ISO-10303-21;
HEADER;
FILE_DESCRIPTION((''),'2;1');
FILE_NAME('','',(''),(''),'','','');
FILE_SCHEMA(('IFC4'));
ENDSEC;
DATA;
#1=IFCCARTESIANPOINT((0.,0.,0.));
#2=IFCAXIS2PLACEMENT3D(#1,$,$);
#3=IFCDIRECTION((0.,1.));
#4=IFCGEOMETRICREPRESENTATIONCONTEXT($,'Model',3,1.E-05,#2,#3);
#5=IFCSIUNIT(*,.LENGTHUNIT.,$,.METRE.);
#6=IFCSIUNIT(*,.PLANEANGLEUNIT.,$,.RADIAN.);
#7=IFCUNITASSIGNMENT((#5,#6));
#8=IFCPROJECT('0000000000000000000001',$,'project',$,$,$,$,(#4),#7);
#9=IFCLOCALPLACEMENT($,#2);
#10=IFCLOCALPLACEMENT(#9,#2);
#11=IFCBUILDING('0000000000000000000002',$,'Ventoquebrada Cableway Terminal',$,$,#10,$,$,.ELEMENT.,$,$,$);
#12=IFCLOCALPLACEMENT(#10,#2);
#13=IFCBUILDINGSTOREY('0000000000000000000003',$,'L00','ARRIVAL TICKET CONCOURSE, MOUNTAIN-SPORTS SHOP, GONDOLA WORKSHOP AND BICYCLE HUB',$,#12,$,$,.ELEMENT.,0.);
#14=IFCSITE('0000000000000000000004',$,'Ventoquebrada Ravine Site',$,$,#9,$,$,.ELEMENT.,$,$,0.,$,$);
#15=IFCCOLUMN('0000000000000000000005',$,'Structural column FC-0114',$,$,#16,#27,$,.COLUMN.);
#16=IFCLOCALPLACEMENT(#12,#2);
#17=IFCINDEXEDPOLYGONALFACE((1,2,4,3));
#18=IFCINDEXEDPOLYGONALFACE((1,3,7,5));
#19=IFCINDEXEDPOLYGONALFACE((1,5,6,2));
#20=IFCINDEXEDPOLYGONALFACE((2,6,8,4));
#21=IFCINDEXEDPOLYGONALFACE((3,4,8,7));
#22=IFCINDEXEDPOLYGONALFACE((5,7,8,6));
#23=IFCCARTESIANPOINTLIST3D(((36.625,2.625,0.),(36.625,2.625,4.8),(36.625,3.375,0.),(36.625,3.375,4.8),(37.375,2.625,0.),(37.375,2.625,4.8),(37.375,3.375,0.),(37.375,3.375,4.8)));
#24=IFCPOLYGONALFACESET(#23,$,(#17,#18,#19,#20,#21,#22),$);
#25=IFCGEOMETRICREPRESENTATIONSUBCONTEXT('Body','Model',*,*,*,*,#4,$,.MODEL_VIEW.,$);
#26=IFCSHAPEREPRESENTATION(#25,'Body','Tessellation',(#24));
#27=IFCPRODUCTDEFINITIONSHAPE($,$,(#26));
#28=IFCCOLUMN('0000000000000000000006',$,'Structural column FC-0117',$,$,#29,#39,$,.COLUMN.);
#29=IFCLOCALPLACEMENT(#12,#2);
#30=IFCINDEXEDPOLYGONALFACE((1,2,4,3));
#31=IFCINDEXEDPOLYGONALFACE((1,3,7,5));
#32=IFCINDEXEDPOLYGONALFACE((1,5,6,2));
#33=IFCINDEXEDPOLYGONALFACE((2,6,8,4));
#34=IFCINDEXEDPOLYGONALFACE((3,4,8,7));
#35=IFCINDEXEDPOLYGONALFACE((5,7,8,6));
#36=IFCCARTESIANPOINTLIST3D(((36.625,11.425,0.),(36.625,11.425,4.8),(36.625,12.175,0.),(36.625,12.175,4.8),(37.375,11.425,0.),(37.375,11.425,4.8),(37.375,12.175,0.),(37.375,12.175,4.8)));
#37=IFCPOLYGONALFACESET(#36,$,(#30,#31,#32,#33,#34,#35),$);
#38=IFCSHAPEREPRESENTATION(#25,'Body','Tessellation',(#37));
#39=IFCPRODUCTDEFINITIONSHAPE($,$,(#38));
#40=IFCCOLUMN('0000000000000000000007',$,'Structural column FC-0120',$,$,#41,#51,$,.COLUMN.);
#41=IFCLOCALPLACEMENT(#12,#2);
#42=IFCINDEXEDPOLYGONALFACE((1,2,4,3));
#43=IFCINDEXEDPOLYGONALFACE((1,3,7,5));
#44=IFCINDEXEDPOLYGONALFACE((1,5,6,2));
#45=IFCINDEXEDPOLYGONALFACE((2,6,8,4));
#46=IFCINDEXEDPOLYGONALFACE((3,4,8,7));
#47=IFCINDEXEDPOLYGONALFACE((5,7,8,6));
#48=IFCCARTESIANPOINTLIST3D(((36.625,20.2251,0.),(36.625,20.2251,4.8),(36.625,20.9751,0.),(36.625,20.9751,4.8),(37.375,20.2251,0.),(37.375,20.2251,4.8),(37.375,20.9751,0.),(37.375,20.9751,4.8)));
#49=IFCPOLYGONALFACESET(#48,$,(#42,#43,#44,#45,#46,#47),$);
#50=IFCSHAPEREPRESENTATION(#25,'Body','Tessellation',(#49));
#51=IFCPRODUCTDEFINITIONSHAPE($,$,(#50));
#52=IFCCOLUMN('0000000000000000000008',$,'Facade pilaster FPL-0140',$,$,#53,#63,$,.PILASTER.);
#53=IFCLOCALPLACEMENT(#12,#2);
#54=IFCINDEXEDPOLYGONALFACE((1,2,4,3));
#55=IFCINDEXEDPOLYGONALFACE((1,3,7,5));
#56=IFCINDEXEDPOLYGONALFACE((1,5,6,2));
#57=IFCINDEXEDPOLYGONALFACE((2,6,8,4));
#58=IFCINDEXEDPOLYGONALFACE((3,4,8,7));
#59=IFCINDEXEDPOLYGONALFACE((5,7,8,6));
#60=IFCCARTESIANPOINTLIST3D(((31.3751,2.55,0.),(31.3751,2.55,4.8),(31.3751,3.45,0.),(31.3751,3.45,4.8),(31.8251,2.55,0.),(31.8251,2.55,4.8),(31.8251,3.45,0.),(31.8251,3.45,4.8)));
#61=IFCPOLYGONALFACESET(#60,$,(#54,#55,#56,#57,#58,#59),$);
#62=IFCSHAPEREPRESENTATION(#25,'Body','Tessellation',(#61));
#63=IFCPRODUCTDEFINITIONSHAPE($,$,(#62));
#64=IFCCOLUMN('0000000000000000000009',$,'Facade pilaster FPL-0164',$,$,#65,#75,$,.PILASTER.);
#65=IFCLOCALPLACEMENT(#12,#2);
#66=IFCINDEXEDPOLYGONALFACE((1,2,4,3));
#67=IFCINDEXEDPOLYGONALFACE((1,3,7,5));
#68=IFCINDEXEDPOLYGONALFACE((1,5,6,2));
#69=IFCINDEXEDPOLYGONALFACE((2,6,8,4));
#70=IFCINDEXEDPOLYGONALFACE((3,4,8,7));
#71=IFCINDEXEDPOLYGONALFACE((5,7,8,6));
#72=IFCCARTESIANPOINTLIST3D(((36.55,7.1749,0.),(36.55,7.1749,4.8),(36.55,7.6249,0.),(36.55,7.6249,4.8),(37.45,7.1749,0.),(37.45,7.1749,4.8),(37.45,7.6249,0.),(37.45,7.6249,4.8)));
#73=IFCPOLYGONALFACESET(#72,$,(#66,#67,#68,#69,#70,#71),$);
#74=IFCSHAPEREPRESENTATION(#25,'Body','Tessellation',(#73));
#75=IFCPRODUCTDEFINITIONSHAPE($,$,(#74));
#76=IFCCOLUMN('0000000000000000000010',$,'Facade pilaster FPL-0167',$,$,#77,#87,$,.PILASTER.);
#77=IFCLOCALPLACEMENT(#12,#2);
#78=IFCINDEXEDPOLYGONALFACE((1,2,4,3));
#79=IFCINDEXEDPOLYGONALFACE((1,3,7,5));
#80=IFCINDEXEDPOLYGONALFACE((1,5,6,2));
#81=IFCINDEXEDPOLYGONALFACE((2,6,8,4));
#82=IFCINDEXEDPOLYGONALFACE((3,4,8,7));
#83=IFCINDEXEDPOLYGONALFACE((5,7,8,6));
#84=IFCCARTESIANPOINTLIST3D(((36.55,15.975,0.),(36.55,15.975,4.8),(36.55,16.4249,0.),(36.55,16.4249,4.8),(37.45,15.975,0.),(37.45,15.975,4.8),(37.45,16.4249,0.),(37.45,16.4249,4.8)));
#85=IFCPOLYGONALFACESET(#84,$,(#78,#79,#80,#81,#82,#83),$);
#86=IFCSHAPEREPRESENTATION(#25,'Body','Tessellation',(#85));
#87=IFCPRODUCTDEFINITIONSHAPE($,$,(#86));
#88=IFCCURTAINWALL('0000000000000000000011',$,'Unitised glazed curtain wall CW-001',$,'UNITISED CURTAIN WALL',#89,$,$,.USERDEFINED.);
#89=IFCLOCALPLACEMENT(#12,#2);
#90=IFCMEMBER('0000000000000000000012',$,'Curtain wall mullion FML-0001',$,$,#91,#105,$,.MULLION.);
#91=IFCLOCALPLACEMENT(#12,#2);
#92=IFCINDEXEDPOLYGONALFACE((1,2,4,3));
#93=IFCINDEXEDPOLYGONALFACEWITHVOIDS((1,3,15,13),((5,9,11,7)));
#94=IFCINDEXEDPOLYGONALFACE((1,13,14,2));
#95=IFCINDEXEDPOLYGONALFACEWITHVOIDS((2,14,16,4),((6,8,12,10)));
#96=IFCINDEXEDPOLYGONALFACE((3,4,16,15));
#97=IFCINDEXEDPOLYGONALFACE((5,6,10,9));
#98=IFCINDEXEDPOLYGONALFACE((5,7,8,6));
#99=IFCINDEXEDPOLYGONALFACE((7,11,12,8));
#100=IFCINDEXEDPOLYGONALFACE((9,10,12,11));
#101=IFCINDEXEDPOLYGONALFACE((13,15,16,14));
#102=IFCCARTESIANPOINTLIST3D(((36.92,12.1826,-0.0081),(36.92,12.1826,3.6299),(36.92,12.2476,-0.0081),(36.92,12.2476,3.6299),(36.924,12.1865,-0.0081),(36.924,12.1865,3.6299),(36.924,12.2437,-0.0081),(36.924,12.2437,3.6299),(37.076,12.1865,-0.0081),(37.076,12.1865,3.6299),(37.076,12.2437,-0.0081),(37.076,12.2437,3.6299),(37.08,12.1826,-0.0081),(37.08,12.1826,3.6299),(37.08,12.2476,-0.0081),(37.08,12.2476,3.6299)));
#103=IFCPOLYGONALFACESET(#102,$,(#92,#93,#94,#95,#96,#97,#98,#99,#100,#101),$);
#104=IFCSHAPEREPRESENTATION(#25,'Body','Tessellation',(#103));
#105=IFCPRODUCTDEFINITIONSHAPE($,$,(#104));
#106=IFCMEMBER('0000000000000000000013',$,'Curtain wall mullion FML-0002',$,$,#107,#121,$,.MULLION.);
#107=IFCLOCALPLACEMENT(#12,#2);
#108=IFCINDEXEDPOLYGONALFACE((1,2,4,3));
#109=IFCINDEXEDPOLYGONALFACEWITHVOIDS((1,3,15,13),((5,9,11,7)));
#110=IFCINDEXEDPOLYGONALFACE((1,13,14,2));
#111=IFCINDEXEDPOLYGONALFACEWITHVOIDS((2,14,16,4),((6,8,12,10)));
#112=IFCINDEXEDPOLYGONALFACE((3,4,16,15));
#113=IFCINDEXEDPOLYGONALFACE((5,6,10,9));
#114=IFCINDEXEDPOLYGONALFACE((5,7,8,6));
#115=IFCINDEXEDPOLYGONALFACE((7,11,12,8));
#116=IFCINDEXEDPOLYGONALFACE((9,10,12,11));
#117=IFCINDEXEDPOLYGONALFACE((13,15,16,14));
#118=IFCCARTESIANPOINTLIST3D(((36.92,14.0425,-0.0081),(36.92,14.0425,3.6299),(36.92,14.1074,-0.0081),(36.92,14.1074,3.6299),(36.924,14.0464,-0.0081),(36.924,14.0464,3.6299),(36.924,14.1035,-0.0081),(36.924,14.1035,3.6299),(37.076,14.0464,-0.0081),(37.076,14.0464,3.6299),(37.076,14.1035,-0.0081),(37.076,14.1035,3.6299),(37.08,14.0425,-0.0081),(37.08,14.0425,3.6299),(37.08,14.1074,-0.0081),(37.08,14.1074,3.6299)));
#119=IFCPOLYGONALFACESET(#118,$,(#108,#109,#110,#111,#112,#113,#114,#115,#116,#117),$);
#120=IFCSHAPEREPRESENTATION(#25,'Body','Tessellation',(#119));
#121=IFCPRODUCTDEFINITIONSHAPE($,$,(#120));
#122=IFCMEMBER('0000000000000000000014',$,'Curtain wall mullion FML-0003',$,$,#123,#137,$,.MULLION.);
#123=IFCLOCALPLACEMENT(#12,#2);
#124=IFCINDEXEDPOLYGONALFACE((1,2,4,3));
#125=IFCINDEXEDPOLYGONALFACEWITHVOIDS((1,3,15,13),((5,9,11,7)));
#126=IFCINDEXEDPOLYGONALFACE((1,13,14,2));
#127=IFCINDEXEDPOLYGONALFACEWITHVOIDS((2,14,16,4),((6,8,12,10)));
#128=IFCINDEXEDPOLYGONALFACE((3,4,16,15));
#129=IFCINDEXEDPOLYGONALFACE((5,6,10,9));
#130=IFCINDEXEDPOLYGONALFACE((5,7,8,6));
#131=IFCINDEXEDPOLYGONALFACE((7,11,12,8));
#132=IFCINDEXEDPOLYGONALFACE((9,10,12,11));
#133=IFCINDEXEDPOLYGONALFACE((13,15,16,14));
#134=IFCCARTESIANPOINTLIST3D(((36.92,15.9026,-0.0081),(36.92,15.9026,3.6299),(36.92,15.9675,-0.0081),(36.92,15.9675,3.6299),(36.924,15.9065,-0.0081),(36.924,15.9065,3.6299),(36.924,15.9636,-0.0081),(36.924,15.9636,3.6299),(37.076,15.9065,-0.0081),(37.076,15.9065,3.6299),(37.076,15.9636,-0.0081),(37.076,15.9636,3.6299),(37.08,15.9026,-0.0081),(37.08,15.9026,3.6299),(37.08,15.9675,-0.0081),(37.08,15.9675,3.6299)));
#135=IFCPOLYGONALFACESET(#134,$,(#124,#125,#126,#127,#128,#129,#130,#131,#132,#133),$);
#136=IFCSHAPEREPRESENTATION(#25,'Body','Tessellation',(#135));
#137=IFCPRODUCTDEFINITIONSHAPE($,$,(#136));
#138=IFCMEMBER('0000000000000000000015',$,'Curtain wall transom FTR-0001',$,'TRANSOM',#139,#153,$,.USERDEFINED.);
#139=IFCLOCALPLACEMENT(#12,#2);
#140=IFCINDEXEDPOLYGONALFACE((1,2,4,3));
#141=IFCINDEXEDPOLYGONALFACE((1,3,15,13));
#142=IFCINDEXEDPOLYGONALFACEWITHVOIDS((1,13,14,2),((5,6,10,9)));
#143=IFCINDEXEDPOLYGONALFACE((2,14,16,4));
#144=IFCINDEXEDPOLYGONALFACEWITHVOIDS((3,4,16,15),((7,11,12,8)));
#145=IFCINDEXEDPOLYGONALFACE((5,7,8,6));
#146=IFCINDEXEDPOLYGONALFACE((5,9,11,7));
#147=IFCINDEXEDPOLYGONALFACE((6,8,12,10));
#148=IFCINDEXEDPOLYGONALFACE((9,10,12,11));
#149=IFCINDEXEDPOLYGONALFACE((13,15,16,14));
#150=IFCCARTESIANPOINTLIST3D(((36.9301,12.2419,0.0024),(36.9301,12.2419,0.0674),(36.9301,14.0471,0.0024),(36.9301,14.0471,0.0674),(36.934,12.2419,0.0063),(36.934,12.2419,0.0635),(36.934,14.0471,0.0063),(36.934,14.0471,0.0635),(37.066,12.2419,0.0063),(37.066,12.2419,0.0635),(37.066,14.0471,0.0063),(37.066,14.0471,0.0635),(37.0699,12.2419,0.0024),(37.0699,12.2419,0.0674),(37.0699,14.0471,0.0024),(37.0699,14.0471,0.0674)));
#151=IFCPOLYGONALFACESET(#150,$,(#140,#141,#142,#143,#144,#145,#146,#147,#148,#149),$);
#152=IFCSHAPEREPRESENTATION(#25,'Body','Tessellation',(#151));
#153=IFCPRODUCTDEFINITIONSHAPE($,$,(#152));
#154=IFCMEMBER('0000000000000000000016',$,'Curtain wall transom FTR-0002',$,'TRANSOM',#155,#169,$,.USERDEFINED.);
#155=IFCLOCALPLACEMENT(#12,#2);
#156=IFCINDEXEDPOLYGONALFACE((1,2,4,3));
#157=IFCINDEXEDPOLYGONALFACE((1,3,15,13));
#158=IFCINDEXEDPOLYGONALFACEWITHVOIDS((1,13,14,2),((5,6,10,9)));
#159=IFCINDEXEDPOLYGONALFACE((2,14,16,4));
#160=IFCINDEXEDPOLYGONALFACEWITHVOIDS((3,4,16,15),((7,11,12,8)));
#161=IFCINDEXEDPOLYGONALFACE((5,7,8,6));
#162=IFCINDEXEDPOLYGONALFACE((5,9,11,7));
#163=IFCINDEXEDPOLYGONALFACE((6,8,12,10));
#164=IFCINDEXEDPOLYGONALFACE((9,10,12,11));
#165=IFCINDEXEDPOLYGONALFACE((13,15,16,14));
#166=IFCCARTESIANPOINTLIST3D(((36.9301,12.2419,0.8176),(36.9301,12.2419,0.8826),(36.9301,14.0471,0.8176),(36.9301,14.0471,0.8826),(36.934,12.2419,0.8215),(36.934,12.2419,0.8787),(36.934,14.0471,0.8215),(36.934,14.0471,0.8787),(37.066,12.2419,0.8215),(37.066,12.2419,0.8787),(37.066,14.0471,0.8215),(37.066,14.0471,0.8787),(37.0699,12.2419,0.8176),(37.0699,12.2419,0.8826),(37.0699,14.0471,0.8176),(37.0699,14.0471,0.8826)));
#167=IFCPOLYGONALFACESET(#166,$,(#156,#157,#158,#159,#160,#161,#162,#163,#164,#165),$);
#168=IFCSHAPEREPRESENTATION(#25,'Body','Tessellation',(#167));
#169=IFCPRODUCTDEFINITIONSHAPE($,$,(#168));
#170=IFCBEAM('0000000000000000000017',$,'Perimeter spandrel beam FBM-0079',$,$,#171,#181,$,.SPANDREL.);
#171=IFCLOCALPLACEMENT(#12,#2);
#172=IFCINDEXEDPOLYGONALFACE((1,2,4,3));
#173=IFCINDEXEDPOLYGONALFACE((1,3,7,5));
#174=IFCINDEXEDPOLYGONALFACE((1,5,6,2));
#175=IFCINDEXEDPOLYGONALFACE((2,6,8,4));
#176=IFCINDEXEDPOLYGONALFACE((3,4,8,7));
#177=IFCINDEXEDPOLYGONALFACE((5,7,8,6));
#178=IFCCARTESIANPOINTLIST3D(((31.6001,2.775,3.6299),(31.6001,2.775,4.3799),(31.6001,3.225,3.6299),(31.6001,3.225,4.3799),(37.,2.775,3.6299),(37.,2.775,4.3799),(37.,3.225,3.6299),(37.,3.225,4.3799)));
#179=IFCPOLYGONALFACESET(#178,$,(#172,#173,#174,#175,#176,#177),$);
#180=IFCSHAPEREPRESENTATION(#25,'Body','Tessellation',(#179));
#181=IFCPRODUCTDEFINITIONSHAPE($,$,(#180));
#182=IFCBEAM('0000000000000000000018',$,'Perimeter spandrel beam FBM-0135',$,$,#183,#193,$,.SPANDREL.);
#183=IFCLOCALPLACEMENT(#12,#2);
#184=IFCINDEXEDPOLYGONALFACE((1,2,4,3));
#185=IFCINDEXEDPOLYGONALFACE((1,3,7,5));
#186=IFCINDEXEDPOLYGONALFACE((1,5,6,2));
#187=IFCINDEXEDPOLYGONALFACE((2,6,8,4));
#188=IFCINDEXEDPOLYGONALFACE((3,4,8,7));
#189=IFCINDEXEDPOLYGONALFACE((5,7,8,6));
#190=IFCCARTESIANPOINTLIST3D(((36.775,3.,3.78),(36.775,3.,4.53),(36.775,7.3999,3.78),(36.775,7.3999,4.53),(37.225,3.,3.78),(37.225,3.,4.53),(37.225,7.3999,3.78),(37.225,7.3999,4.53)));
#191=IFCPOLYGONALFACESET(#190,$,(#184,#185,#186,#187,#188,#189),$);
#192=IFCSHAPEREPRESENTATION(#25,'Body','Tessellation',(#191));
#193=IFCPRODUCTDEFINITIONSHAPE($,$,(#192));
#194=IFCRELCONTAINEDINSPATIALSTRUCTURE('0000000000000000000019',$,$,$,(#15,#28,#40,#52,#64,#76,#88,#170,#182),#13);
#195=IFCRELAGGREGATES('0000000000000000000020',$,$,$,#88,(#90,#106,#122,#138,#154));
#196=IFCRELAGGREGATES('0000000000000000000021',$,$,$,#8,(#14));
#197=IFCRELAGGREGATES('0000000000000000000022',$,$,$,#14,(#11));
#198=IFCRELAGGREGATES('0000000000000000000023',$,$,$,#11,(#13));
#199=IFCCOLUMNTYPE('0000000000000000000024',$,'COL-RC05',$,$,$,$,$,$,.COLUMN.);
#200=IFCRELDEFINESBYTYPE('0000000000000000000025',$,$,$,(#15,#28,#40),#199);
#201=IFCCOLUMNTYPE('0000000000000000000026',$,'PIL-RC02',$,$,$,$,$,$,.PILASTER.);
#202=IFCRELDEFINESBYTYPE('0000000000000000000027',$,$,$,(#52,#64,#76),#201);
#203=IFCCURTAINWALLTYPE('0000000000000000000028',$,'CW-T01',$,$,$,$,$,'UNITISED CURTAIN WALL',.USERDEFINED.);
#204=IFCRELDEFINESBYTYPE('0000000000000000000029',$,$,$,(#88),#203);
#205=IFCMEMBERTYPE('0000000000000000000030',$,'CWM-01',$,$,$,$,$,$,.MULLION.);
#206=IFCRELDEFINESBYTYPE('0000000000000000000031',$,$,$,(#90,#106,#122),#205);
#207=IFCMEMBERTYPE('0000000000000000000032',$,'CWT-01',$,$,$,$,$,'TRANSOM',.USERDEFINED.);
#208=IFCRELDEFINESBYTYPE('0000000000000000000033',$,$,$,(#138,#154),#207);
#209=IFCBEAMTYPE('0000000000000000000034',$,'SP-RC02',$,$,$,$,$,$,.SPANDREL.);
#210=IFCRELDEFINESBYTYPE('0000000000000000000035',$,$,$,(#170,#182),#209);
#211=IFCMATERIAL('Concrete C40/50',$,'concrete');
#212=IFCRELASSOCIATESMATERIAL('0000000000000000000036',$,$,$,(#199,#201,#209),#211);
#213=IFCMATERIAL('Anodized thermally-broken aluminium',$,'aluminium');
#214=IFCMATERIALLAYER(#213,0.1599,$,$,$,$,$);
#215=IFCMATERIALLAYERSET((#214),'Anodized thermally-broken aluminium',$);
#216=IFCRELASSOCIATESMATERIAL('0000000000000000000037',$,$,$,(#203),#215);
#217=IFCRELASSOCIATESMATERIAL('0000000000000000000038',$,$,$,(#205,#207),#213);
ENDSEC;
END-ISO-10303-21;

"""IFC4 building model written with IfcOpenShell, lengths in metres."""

from ifc_helpers import new_model, si_unit, direction, frame, origin, origin_2d, place, context, subcontext, project, spatial, rectangle, hollow_rectangle, extrude, material, layer, layer_set, material_profile, profile_set, type_object, element, aggregate, save


model = new_model("IFC4")

# Units and contexts
model_context = context("Model", 3, precision=1e-05, world=origin(), true_north=direction((0.0, 1.0)))
body_context = subcontext(model_context, "Body", "Model", "MODEL_VIEW")
ifc_project = project(units=[si_unit("LENGTHUNIT", "METRE"), si_unit("PLANEANGLEUNIT", "RADIAN")], contexts=[model_context])

# Site, building, storey
site_placement = place(None, origin())
site = spatial("IfcSite", under=ifc_project, at=site_placement, Name="Ventoquebrada Ravine Site", CompositionType="ELEMENT", RefElevation=0.0)
building_placement = place(site_placement, origin())
building = spatial("IfcBuilding", under=site, at=building_placement, Name="Ventoquebrada Cableway Terminal", CompositionType="ELEMENT")
storey_placement = place(building_placement, origin())
storey = spatial("IfcBuildingStorey", under=building, at=storey_placement, Name="L00", Description="ARRIVAL TICKET CONCOURSE, MOUNTAIN-SPORTS SHOP, GONDOLA WORKSHOP AND BICYCLE HUB", CompositionType="ELEMENT", Elevation=0.0)

# Columns
ifc_material_1 = material(Name="Concrete C40/50", Category="concrete")
ifc_material_profile_1 = material_profile(ifc_material_1, rectangle(XDim=0.75, YDim=0.75, at=origin_2d()), Name="RC-COL-750X750")
ifc_profile_set_1 = profile_set([ifc_material_profile_1], Name="Concrete C40/50")
column_type_1 = type_object("IfcColumnType", Name="COL-RC05", PredefinedType="COLUMN", material=ifc_profile_set_1)
for number, where, z_axis, x_axis, name in (
    (1, (37.0, 3.0, 0.0), (0.0, 0.0, 1.0), (1.0, 0.0, 0.0), "Structural column FC-0114"),
    (2, (37.0, 11.8, 0.0), (0.0, 0.0, 1.0), (1.0, 0.0, 0.0), "Structural column FC-0117"),
    (3, (37.0, 20.6001, 0.0), (0.0, 0.0, 1.0), (1.0, 0.0, 0.0), "Structural column FC-0120"),
):
    element("IfcColumn", number, at=place(storey_placement, frame(where, z_axis=z_axis, x_axis=x_axis)), inside=storey, type_object=column_type_1, Name=name, PredefinedType="COLUMN", context=body_context, shape_type="SweptSolid", body=[
        extrude(rectangle(XDim=0.75, YDim=0.75, at=origin_2d()), origin(), (0.0, 0.0, 1.0), 4.8),
    ])
ifc_material_profile_2 = material_profile(ifc_material_1, rectangle(XDim=0.45, YDim=0.8999, at=origin_2d()), Name="RC-PIL-450X900")
ifc_profile_set_2 = profile_set([ifc_material_profile_2], Name="Concrete C40/50")
column_type_2 = type_object("IfcColumnType", Name="PIL-RC02", PredefinedType="PILASTER", material=ifc_profile_set_2)
for number, where, z_axis, x_axis, name in (
    (4, (31.6001, 3.0, 0.0), (0.0, 0.0, 1.0), (1.0, 0.0, 0.0), "Facade pilaster FPL-0140"),
    (5, (37.0, 7.3999, 0.0), (0.0, 0.0, 1.0), (0.0, 1.0, 0.0), "Facade pilaster FPL-0164"),
    (6, (37.0, 16.2, 0.0), (0.0, 0.0, 1.0), (0.0, 1.0, 0.0), "Facade pilaster FPL-0167"),
):
    element("IfcColumn", number, at=place(storey_placement, frame(where, z_axis=z_axis, x_axis=x_axis)), inside=storey, type_object=column_type_2, Name=name, PredefinedType="PILASTER", context=body_context, shape_type="SweptSolid", body=[
        extrude(rectangle(XDim=0.45, YDim=0.8999, at=origin_2d()), origin(), (0.0, 0.0, 1.0), 4.8),
    ])

# Curtain wall, members
ifc_material_2 = material(Name="Anodized thermally-broken aluminium", Category="aluminium")
ifc_layer_1 = layer(ifc_material_2, 0.1599)
ifc_layer_set_1 = layer_set([ifc_layer_1], Name="Anodized thermally-broken aluminium")
curtain_wall_type = type_object("IfcCurtainWallType", Name="CW-T01", ElementType="UNITISED CURTAIN WALL", PredefinedType="USERDEFINED", material=ifc_layer_set_1)
curtain_wall_placement = place(storey_placement, origin())
curtain_wall = element("IfcCurtainWall", 7, at=curtain_wall_placement, inside=storey, type_object=curtain_wall_type, Name="Unitised glazed curtain wall CW-001", ObjectType="UNITISED CURTAIN WALL", PredefinedType="USERDEFINED")
ifc_material_profile_3 = material_profile(ifc_material_2, hollow_rectangle(XDim=0.0649, YDim=0.1599, WallThickness=0.0039, at=origin_2d()), Name="CW-MUL-65X160")
ifc_profile_set_3 = profile_set([ifc_material_profile_3], Name="Anodized thermally-broken aluminium")
member_type_1 = type_object("IfcMemberType", Name="CWM-01", PredefinedType="MULLION", material=ifc_profile_set_3)
member_1_placement = place(storey_placement, frame((37.0, 12.2151, -0.0081), z_axis=(0.0, 0.0, 1.0), x_axis=(0.0, 1.0, 0.0)))
member_1 = element("IfcMember", 8, at=member_1_placement, type_object=member_type_1, Name="Curtain wall mullion FML-0001", PredefinedType="MULLION", context=body_context, shape_type="SweptSolid", body=[
    extrude(hollow_rectangle(XDim=0.0649, YDim=0.1599, WallThickness=0.0039, at=origin_2d()), origin(), (0.0, 0.0, 1.0), 3.6379),
])
member_2_placement = place(storey_placement, frame((37.0, 14.075, -0.0081), z_axis=(0.0, 0.0, 1.0), x_axis=(0.0, 1.0, 0.0)))
member_2 = element("IfcMember", 9, at=member_2_placement, type_object=member_type_1, Name="Curtain wall mullion FML-0002", PredefinedType="MULLION", context=body_context, shape_type="SweptSolid", body=[
    extrude(hollow_rectangle(XDim=0.0649, YDim=0.1599, WallThickness=0.0039, at=origin_2d()), origin(), (0.0, 0.0, 1.0), 3.6379),
])
member_3_placement = place(storey_placement, frame((37.0, 15.9351, -0.0081), z_axis=(0.0, 0.0, 1.0), x_axis=(0.0, 1.0, 0.0)))
member_3 = element("IfcMember", 10, at=member_3_placement, type_object=member_type_1, Name="Curtain wall mullion FML-0003", PredefinedType="MULLION", context=body_context, shape_type="SweptSolid", body=[
    extrude(hollow_rectangle(XDim=0.0649, YDim=0.1599, WallThickness=0.0039, at=origin_2d()), origin(), (0.0, 0.0, 1.0), 3.6379),
])
ifc_material_profile_4 = material_profile(ifc_material_2, hollow_rectangle(XDim=0.0649, YDim=0.1399, WallThickness=0.0039, at=origin_2d()), Name="CW-TRN-65X140")
ifc_profile_set_4 = profile_set([ifc_material_profile_4], Name="Anodized thermally-broken aluminium")
member_type_2 = type_object("IfcMemberType", Name="CWT-01", ElementType="TRANSOM", PredefinedType="USERDEFINED", material=ifc_profile_set_4)
member_4_placement = place(storey_placement, frame((37.0, 12.2419, 0.0349), z_axis=(0.0, 1.0, 0.0), x_axis=(0.0, 0.0, 1.0)))
member_4 = element("IfcMember", 11, at=member_4_placement, type_object=member_type_2, Name="Curtain wall transom FTR-0001", ObjectType="TRANSOM", PredefinedType="USERDEFINED", context=body_context, shape_type="SweptSolid", body=[
    extrude(hollow_rectangle(XDim=0.0649, YDim=0.1399, WallThickness=0.0039, at=origin_2d()), origin(), (0.0, 0.0, 1.0), 1.8052),
])
member_5_placement = place(storey_placement, frame((37.0, 12.2419, 0.8501), z_axis=(0.0, 1.0, 0.0), x_axis=(0.0, 0.0, 1.0)))
member_5 = element("IfcMember", 12, at=member_5_placement, type_object=member_type_2, Name="Curtain wall transom FTR-0002", ObjectType="TRANSOM", PredefinedType="USERDEFINED", context=body_context, shape_type="SweptSolid", body=[
    extrude(hollow_rectangle(XDim=0.0649, YDim=0.1399, WallThickness=0.0039, at=origin_2d()), origin(), (0.0, 0.0, 1.0), 1.8052),
])
aggregate(curtain_wall, [member_1, member_2, member_3, member_4, member_5])

# Beams
ifc_material_profile_5 = material_profile(ifc_material_1, rectangle(XDim=0.45, YDim=0.75, at=origin_2d()), Name="RC-BM-450X750")
ifc_profile_set_5 = profile_set([ifc_material_profile_5], Name="Concrete C40/50")
beam_type = type_object("IfcBeamType", Name="SP-RC02", PredefinedType="SPANDREL", material=ifc_profile_set_5)
beam_1_placement = place(storey_placement, frame((31.6001, 3.0, 4.0049), z_axis=(1.0, 0.0, 0.0), x_axis=(0.0, 1.0, 0.0)))
element("IfcBeam", 13, at=beam_1_placement, inside=storey, type_object=beam_type, Name="Perimeter spandrel beam FBM-0079", PredefinedType="SPANDREL", context=body_context, shape_type="SweptSolid", body=[
    extrude(rectangle(XDim=0.45, YDim=0.75, at=origin_2d()), origin(), (0.0, 0.0, 1.0), 5.3999),
])
beam_2_placement = place(storey_placement, frame((37.0, 3.0, 4.155), z_axis=(0.0, 1.0, 0.0), x_axis=(-1.0, 0.0, 0.0)))
element("IfcBeam", 14, at=beam_2_placement, inside=storey, type_object=beam_type, Name="Perimeter spandrel beam FBM-0135", PredefinedType="SPANDREL", context=body_context, shape_type="SweptSolid", body=[
    extrude(rectangle(XDim=0.45, YDim=0.75, at=origin_2d()), origin(), (0.0, 0.0, 1.0), 4.3999),
])

save(model, "model.ifc")
